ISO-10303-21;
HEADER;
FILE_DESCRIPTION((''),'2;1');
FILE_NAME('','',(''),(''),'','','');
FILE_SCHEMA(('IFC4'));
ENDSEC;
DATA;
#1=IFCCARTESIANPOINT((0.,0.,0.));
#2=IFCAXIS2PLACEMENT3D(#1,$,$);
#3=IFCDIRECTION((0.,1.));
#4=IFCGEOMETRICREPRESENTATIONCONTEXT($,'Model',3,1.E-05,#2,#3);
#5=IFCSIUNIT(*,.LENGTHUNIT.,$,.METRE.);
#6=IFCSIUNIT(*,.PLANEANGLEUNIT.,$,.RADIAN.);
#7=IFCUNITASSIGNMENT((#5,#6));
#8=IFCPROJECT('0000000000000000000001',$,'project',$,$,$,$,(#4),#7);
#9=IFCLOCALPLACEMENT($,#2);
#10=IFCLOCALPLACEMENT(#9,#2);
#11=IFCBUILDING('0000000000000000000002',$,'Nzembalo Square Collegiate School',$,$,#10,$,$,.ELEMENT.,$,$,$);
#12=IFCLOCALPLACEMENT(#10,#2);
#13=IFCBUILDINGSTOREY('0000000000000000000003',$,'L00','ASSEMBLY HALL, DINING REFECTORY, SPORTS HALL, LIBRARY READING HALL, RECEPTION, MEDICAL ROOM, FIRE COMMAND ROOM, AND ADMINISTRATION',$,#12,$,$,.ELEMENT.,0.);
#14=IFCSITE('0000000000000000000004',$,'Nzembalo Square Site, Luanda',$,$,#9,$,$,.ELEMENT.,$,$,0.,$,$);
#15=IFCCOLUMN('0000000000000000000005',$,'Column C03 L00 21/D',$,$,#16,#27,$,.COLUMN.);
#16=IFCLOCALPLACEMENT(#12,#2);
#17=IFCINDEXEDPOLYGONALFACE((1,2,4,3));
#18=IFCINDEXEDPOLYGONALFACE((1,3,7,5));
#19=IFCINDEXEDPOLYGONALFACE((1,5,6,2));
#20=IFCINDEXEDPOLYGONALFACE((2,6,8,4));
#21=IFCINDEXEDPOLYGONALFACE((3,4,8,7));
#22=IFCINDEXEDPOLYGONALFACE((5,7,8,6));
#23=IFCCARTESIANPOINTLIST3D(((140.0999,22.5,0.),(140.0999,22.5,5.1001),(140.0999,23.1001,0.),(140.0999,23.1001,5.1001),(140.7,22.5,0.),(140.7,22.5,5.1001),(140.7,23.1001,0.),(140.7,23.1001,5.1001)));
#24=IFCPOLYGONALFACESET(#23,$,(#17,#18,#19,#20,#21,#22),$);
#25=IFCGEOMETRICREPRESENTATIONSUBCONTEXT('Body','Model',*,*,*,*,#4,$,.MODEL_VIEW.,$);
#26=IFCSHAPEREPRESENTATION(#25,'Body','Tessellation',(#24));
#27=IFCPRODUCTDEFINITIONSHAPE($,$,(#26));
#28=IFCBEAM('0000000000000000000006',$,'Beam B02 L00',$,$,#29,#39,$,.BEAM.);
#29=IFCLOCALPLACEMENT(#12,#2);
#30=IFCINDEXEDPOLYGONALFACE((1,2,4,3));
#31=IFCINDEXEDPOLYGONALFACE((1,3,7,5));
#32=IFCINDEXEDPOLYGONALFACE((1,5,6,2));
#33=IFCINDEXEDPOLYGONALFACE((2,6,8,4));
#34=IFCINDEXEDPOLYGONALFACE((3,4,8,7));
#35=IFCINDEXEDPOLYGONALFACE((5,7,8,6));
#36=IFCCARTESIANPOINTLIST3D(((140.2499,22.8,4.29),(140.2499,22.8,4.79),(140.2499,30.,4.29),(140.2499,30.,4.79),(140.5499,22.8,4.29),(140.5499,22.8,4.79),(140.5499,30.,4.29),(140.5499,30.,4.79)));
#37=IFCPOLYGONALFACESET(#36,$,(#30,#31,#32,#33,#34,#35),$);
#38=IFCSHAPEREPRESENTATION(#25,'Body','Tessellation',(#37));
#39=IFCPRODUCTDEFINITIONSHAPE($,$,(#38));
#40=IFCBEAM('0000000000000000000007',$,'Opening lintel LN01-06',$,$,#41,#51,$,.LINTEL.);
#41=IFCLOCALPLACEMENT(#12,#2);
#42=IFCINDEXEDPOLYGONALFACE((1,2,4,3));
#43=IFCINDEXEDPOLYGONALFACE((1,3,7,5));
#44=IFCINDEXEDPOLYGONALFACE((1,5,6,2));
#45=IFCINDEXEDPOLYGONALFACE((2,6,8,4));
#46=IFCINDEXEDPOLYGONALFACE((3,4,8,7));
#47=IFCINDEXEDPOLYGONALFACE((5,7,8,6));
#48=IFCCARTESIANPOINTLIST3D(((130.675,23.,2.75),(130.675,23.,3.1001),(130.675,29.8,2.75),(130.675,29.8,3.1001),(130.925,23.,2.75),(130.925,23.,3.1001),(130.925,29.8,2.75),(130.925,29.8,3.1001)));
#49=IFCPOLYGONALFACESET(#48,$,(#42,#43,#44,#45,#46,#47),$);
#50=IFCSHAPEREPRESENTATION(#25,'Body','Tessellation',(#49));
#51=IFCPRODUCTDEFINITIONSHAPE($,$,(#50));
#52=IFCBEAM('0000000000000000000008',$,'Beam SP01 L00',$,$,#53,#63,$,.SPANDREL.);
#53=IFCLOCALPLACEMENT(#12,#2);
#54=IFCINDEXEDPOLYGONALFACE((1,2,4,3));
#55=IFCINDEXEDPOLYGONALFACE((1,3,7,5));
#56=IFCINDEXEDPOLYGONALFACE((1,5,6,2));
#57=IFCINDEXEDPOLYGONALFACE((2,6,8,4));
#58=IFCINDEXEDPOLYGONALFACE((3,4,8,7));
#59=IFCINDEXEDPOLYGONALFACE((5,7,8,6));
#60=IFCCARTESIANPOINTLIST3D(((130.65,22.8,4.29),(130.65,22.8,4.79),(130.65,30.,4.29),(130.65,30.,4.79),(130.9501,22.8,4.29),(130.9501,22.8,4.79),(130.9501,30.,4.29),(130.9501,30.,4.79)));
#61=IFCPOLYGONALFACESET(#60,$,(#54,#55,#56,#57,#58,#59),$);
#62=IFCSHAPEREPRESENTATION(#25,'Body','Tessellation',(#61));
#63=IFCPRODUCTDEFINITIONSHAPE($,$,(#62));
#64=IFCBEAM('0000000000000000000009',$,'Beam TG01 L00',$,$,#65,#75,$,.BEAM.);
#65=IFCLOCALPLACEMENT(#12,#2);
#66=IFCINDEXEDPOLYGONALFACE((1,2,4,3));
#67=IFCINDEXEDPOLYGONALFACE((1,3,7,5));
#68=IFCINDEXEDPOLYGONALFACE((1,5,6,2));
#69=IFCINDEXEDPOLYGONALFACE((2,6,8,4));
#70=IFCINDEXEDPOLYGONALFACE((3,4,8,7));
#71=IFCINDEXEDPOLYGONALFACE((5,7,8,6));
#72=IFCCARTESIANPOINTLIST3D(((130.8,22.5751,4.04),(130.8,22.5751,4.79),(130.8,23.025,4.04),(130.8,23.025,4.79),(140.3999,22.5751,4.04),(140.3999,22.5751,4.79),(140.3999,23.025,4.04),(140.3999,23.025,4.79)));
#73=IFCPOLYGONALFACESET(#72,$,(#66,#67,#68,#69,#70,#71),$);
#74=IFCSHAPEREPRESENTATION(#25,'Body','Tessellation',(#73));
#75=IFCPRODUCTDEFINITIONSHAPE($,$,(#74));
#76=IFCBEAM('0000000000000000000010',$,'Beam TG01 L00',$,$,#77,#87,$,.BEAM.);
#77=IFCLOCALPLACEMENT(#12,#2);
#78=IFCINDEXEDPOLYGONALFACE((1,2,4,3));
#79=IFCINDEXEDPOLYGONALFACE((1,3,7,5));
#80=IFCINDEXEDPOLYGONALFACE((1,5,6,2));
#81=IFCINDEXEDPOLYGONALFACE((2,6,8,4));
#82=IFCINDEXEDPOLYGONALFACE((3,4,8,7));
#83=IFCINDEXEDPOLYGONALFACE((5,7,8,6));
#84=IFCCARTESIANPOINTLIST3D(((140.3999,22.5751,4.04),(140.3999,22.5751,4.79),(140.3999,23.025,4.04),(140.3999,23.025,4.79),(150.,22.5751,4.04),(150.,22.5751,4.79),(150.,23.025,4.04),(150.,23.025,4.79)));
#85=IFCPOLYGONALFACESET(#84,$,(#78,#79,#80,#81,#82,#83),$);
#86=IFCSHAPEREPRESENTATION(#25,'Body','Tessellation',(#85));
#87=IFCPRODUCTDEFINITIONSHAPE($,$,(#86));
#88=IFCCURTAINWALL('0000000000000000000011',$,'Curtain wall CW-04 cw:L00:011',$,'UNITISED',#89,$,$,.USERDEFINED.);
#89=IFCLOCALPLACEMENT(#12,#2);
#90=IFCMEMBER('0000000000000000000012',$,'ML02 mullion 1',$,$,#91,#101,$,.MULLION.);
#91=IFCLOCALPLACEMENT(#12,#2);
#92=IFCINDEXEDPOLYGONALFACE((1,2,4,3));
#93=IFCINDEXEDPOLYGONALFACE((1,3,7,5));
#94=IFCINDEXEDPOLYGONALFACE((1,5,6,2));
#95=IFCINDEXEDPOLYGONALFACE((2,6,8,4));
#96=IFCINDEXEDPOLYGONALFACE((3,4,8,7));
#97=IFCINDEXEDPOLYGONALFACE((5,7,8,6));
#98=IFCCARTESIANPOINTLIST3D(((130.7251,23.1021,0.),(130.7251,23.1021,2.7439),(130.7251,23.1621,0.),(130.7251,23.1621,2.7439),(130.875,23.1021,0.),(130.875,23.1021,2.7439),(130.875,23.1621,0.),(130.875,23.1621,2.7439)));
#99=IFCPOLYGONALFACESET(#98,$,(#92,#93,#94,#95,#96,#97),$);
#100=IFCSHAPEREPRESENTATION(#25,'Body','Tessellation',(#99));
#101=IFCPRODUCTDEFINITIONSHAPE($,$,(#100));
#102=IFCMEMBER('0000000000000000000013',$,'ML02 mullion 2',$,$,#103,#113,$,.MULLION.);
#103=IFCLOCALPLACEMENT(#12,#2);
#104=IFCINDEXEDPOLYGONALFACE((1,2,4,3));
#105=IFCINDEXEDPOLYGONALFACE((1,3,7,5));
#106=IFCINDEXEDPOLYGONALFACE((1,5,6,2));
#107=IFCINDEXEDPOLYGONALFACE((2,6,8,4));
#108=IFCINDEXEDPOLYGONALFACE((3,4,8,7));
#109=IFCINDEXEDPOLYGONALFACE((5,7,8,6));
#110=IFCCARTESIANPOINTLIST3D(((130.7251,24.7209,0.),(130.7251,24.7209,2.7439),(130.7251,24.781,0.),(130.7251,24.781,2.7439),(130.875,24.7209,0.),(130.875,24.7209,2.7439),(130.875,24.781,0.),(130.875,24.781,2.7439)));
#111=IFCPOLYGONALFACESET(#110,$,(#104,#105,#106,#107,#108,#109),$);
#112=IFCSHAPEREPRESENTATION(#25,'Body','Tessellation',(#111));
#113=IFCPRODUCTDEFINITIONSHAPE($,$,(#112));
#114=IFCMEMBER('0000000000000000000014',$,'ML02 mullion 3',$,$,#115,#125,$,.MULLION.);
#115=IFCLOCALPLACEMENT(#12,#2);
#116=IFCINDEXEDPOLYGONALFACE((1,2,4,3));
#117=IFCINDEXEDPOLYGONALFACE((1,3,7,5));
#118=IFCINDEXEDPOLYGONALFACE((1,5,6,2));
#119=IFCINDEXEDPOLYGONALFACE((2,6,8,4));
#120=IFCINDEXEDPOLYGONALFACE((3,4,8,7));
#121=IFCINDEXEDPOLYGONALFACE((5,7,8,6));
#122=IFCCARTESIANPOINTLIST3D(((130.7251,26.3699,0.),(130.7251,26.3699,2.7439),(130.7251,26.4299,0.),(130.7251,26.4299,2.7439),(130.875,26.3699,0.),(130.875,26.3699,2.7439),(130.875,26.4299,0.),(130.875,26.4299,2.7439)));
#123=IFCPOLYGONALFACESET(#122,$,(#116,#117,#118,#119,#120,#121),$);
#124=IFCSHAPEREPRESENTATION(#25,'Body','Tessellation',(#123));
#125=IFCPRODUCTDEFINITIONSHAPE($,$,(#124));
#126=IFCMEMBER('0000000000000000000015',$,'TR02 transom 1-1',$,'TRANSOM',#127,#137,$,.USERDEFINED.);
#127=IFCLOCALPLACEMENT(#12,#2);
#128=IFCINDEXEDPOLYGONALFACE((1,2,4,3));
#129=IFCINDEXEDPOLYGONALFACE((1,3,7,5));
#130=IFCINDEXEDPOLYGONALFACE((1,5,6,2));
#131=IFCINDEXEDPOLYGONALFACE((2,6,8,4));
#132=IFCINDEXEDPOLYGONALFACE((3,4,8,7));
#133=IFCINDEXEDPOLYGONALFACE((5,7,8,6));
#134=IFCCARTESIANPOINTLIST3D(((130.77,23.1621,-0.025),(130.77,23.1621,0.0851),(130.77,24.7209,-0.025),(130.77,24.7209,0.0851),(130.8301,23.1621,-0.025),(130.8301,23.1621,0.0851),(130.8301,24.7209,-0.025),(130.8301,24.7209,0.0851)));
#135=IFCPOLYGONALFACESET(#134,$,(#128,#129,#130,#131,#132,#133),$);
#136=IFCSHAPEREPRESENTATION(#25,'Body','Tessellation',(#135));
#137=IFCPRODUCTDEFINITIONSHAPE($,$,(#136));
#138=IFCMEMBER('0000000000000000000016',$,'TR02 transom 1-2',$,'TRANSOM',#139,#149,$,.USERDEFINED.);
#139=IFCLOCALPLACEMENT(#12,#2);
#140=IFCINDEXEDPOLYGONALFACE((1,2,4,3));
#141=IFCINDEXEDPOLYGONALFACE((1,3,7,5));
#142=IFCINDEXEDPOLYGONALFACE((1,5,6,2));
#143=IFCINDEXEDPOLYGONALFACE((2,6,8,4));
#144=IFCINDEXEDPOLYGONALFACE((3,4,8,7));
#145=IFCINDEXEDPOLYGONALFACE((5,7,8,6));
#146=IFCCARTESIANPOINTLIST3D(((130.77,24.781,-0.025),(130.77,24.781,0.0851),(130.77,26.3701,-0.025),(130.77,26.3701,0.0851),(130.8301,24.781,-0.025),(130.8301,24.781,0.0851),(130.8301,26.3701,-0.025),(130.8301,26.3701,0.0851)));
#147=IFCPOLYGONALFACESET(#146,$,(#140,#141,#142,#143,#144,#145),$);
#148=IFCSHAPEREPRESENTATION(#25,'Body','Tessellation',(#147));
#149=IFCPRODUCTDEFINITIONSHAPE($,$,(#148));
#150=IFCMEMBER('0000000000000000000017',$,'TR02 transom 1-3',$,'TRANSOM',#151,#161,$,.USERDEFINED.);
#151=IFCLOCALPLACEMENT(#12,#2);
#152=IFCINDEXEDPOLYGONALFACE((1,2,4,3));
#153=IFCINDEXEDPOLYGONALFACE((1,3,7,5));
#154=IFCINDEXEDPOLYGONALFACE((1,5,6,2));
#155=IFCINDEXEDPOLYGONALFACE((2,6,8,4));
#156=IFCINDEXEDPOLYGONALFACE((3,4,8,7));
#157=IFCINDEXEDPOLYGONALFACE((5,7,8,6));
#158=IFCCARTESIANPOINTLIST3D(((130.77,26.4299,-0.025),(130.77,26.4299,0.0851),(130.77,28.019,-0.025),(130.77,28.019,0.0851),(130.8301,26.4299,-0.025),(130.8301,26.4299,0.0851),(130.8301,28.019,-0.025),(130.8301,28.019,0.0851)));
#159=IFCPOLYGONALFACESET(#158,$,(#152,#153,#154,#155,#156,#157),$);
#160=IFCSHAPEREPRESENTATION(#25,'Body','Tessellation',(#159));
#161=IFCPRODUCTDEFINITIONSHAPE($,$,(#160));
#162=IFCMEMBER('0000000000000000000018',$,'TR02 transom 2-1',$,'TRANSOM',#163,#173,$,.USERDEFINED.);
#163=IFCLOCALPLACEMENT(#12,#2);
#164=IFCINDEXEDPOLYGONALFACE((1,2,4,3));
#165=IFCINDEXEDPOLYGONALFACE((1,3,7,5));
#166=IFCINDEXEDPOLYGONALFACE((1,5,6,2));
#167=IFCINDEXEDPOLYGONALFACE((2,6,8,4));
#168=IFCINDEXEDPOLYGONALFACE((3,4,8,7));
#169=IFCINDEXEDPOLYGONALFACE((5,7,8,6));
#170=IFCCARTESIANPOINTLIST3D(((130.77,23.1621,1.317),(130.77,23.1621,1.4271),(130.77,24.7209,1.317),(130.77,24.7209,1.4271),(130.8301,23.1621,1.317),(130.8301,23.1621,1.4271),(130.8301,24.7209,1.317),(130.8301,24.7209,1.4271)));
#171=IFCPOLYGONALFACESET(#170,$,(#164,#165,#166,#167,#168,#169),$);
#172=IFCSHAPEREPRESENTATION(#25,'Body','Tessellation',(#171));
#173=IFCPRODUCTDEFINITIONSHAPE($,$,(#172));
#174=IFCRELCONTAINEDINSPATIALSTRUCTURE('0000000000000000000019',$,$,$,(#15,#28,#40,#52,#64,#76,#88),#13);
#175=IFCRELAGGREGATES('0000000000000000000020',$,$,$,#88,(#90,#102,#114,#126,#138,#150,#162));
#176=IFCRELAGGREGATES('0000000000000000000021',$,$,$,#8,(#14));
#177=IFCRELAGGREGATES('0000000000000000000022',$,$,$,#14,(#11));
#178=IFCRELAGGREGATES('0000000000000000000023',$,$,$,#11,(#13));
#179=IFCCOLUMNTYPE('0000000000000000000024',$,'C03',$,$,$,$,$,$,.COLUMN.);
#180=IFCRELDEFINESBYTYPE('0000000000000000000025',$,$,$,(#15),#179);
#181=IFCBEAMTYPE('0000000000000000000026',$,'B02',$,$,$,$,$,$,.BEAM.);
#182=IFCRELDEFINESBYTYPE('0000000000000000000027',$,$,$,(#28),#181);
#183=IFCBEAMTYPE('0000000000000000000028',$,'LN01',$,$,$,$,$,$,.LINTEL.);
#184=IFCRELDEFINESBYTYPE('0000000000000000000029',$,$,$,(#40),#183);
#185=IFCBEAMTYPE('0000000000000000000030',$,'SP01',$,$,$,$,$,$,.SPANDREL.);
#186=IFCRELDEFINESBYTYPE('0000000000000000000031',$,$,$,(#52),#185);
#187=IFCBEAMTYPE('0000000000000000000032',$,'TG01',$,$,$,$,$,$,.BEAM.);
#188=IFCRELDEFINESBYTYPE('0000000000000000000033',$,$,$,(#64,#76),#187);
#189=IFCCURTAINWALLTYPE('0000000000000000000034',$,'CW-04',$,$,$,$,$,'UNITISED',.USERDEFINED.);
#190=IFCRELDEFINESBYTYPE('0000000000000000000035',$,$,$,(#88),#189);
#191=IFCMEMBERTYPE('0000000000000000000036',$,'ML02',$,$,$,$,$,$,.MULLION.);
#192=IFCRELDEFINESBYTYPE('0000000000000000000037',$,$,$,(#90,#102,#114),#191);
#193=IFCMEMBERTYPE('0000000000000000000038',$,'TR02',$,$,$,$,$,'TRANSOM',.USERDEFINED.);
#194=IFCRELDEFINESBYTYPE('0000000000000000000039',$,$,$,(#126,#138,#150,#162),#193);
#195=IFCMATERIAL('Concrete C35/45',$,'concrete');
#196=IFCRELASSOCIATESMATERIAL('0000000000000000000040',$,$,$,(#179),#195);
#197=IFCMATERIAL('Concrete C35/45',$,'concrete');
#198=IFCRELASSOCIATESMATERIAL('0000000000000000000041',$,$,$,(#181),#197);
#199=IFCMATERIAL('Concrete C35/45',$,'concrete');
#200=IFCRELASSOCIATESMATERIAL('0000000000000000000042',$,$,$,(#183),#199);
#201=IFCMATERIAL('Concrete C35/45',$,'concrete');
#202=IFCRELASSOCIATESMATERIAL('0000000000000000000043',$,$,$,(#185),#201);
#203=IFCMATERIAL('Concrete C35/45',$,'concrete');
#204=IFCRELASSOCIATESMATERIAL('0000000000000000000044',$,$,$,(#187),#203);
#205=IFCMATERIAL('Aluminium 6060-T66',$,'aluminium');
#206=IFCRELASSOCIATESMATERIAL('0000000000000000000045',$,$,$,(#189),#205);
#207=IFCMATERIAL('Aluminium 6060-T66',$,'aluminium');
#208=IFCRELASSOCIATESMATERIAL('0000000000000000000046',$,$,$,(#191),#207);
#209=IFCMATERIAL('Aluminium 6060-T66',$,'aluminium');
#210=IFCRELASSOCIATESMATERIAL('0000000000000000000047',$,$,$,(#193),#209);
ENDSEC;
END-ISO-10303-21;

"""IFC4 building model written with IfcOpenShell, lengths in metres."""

from ifc_helpers import new_model, si_unit, direction, frame, origin, origin_2d, place, context, subcontext, project, spatial, rectangle, extrude, material, material_profile, profile_set, type_object, element, aggregate, save


model = new_model("IFC4")

# Units and contexts
model_context = context("Model", 3, precision=1e-05, world=origin(), true_north=direction((0.0, 1.0)))
body_context = subcontext(model_context, "Body", "Model", "MODEL_VIEW")
ifc_project = project(units=[si_unit("LENGTHUNIT", "METRE"), si_unit("PLANEANGLEUNIT", "RADIAN")], contexts=[model_context])

# Site, building, storey
site_placement = place(None, origin())
site = spatial("IfcSite", under=ifc_project, at=site_placement, Name="Nzembalo Square Site, Luanda", CompositionType="ELEMENT", RefElevation=0.0)
building_placement = place(site_placement, origin())
building = spatial("IfcBuilding", under=site, at=building_placement, Name="Nzembalo Square Collegiate School", CompositionType="ELEMENT")
storey_placement = place(building_placement, origin())
storey = spatial("IfcBuildingStorey", under=building, at=storey_placement, Name="L00", Description="ASSEMBLY HALL, DINING REFECTORY, SPORTS HALL, LIBRARY READING HALL, RECEPTION, MEDICAL ROOM, FIRE COMMAND ROOM, AND ADMINISTRATION", CompositionType="ELEMENT", Elevation=0.0)

# Column
ifc_material_1 = material(Name="Concrete C35/45", Category="concrete")
ifc_material_profile_1 = material_profile(ifc_material_1, rectangle(XDim=0.6001, YDim=0.6001, at=origin_2d()), Name="RC 600x600")
ifc_profile_set_1 = profile_set([ifc_material_profile_1], Name="Concrete C35/45")
column_type = type_object("IfcColumnType", Name="C03", PredefinedType="COLUMN", material=ifc_profile_set_1)
column_placement = place(storey_placement, frame((140.3999, 22.8, 0.0), z_axis=(0.0, 0.0, 1.0), x_axis=(1.0, 0.0, 0.0)))
element("IfcColumn", 1, at=column_placement, inside=storey, type_object=column_type, Name="Column C03 L00 21/D", PredefinedType="COLUMN", context=body_context, shape_type="SweptSolid", body=[
    extrude(rectangle(XDim=0.6001, YDim=0.6001, at=origin_2d()), origin(), (0.0, 0.0, 1.0), 5.1001),
])

# Beams
ifc_material_2 = material(Name="Concrete C35/45", Category="concrete")
ifc_material_profile_2 = material_profile(ifc_material_2, rectangle(XDim=0.3, YDim=0.5, at=origin_2d()), Name="RC 300x500")
ifc_profile_set_2 = profile_set([ifc_material_profile_2], Name="Concrete C35/45")
beam_type_1 = type_object("IfcBeamType", Name="B02", PredefinedType="BEAM", material=ifc_profile_set_2)
beam_1_placement = place(storey_placement, frame((140.3999, 22.8, 4.54), z_axis=(0.0, 1.0, 0.0), x_axis=(-1.0, 0.0, 0.0)))
element("IfcBeam", 2, at=beam_1_placement, inside=storey, type_object=beam_type_1, Name="Beam B02 L00", PredefinedType="BEAM", context=body_context, shape_type="SweptSolid", body=[
    extrude(rectangle(XDim=0.3, YDim=0.5, at=origin_2d()), origin(), (0.0, 0.0, 1.0), 7.2),
])
ifc_material_3 = material(Name="Concrete C35/45", Category="concrete")
ifc_material_profile_3 = material_profile(ifc_material_3, rectangle(XDim=0.25, YDim=0.3501, at=origin_2d()), Name="RC 250x350")
ifc_profile_set_3 = profile_set([ifc_material_profile_3], Name="Concrete C35/45")
beam_type_2 = type_object("IfcBeamType", Name="LN01", PredefinedType="LINTEL", material=ifc_profile_set_3)
beam_2_placement = place(storey_placement, frame((130.8, 23.0, 2.925), z_axis=(0.0, 1.0, 0.0), x_axis=(-1.0, 0.0, 0.0)))
element("IfcBeam", 3, at=beam_2_placement, inside=storey, type_object=beam_type_2, Name="Opening lintel LN01-06", PredefinedType="LINTEL", context=body_context, shape_type="SweptSolid", body=[
    extrude(rectangle(XDim=0.25, YDim=0.3501, at=origin_2d()), origin(), (0.0, 0.0, 1.0), 6.8),
])
ifc_material_4 = material(Name="Concrete C35/45", Category="concrete")
ifc_material_profile_4 = material_profile(ifc_material_4, rectangle(XDim=0.3, YDim=0.5, at=origin_2d()), Name="RC 300x500")
ifc_profile_set_4 = profile_set([ifc_material_profile_4], Name="Concrete C35/45")
beam_type_3 = type_object("IfcBeamType", Name="SP01", PredefinedType="SPANDREL", material=ifc_profile_set_4)
beam_3_placement = place(storey_placement, frame((130.8, 22.8, 4.54), z_axis=(0.0, 1.0, 0.0), x_axis=(-1.0, 0.0, 0.0)))
element("IfcBeam", 4, at=beam_3_placement, inside=storey, type_object=beam_type_3, Name="Beam SP01 L00", PredefinedType="SPANDREL", context=body_context, shape_type="SweptSolid", body=[
    extrude(rectangle(XDim=0.3, YDim=0.5, at=origin_2d()), origin(), (0.0, 0.0, 1.0), 7.2),
])
ifc_material_5 = material(Name="Concrete C35/45", Category="concrete")
ifc_material_profile_5 = material_profile(ifc_material_5, rectangle(XDim=0.45, YDim=0.75, at=origin_2d()), Name="RC 450x750")
ifc_profile_set_5 = profile_set([ifc_material_profile_5], Name="Concrete C35/45")
beam_type_4 = type_object("IfcBeamType", Name="TG01", PredefinedType="BEAM", material=ifc_profile_set_5)
beam_4_placement = place(storey_placement, frame((130.8, 22.8, 4.415), z_axis=(1.0, 0.0, 0.0), x_axis=(0.0, 1.0, 0.0)))
element("IfcBeam", 5, at=beam_4_placement, inside=storey, type_object=beam_type_4, Name="Beam TG01 L00", PredefinedType="BEAM", context=body_context, shape_type="SweptSolid", body=[
    extrude(rectangle(XDim=0.45, YDim=0.75, at=origin_2d()), origin(), (0.0, 0.0, 1.0), 9.5999),
])
beam_5_placement = place(storey_placement, frame((140.3999, 22.8, 4.415), z_axis=(1.0, 0.0, 0.0), x_axis=(0.0, 1.0, 0.0)))
element("IfcBeam", 6, at=beam_5_placement, inside=storey, type_object=beam_type_4, Name="Beam TG01 L00", PredefinedType="BEAM", context=body_context, shape_type="SweptSolid", body=[
    extrude(rectangle(XDim=0.45, YDim=0.75, at=origin_2d()), origin(), (0.0, 0.0, 1.0), 9.6001),
])

# Curtain wall, members
ifc_material_6 = material(Name="Aluminium 6060-T66", Category="aluminium")
curtain_wall_type = type_object("IfcCurtainWallType", Name="CW-04", ElementType="UNITISED", PredefinedType="USERDEFINED", material=ifc_material_6)
curtain_wall_placement = place(storey_placement, origin())
curtain_wall = element("IfcCurtainWall", 7, at=curtain_wall_placement, inside=storey, type_object=curtain_wall_type, Name="Curtain wall CW-04 cw:L00:011", ObjectType="UNITISED", PredefinedType="USERDEFINED")
ifc_material_7 = material(Name="Aluminium 6060-T66", Category="aluminium")
ifc_material_profile_6 = material_profile(ifc_material_7, rectangle(XDim=0.0601, YDim=0.1499, at=origin_2d()), Name="ALU M60x150")
ifc_profile_set_6 = profile_set([ifc_material_profile_6], Name="Aluminium 6060-T66")
member_type_1 = type_object("IfcMemberType", Name="ML02", PredefinedType="MULLION", material=ifc_profile_set_6)
member_1_placement = place(storey_placement, frame((130.8, 23.1321, 0.0), z_axis=(0.0, 0.0, 1.0), x_axis=(0.0, 1.0, 0.0)))
member_1 = element("IfcMember", 8, at=member_1_placement, type_object=member_type_1, Name="ML02 mullion 1", PredefinedType="MULLION", context=body_context, shape_type="SweptSolid", body=[
    extrude(rectangle(XDim=0.0601, YDim=0.1499, at=origin_2d()), origin(), (0.0, 0.0, 1.0), 2.7439),
])
member_2_placement = place(storey_placement, frame((130.8, 24.751, 0.0), z_axis=(0.0, 0.0, 1.0), x_axis=(0.0, 1.0, 0.0)))
member_2 = element("IfcMember", 9, at=member_2_placement, type_object=member_type_1, Name="ML02 mullion 2", PredefinedType="MULLION", context=body_context, shape_type="SweptSolid", body=[
    extrude(rectangle(XDim=0.0601, YDim=0.1499, at=origin_2d()), origin(), (0.0, 0.0, 1.0), 2.7439),
])
member_3_placement = place(storey_placement, frame((130.8, 26.3999, 0.0), z_axis=(0.0, 0.0, 1.0), x_axis=(0.0, 1.0, 0.0)))
member_3 = element("IfcMember", 10, at=member_3_placement, type_object=member_type_1, Name="ML02 mullion 3", PredefinedType="MULLION", context=body_context, shape_type="SweptSolid", body=[
    extrude(rectangle(XDim=0.0601, YDim=0.1499, at=origin_2d()), origin(), (0.0, 0.0, 1.0), 2.7439),
])
ifc_material_8 = material(Name="Aluminium 6060-T66", Category="aluminium")
ifc_material_profile_7 = material_profile(ifc_material_8, rectangle(XDim=0.0601, YDim=0.1101, at=origin_2d()), Name="ALU T60x110")
ifc_profile_set_7 = profile_set([ifc_material_profile_7], Name="Aluminium 6060-T66")
member_type_2 = type_object("IfcMemberType", Name="TR02", ElementType="TRANSOM", PredefinedType="USERDEFINED", material=ifc_profile_set_7)
member_4_placement = place(storey_placement, frame((130.8, 23.1621, 0.03), z_axis=(0.0, 1.0, 0.0), x_axis=(-1.0, 0.0, 0.0)))
member_4 = element("IfcMember", 11, at=member_4_placement, type_object=member_type_2, Name="TR02 transom 1-1", ObjectType="TRANSOM", PredefinedType="USERDEFINED", context=body_context, shape_type="SweptSolid", body=[
    extrude(rectangle(XDim=0.0601, YDim=0.1101, at=origin_2d()), origin(), (0.0, 0.0, 1.0), 1.5588),
])
member_5_placement = place(storey_placement, frame((130.8, 24.781, 0.03), z_axis=(0.0, 1.0, 0.0), x_axis=(-1.0, 0.0, 0.0)))
member_5 = element("IfcMember", 12, at=member_5_placement, type_object=member_type_2, Name="TR02 transom 1-2", ObjectType="TRANSOM", PredefinedType="USERDEFINED", context=body_context, shape_type="SweptSolid", body=[
    extrude(rectangle(XDim=0.0601, YDim=0.1101, at=origin_2d()), origin(), (0.0, 0.0, 1.0), 1.5891),
])
member_6_placement = place(storey_placement, frame((130.8, 26.4299, 0.03), z_axis=(0.0, 1.0, 0.0), x_axis=(-1.0, 0.0, 0.0)))
member_6 = element("IfcMember", 13, at=member_6_placement, type_object=member_type_2, Name="TR02 transom 1-3", ObjectType="TRANSOM", PredefinedType="USERDEFINED", context=body_context, shape_type="SweptSolid", body=[
    extrude(rectangle(XDim=0.0601, YDim=0.1101, at=origin_2d()), origin(), (0.0, 0.0, 1.0), 1.5891),
])
member_7_placement = place(storey_placement, frame((130.8, 23.1621, 1.3721), z_axis=(0.0, 1.0, 0.0), x_axis=(-1.0, 0.0, 0.0)))
member_7 = element("IfcMember", 14, at=member_7_placement, type_object=member_type_2, Name="TR02 transom 2-1", ObjectType="TRANSOM", PredefinedType="USERDEFINED", context=body_context, shape_type="SweptSolid", body=[
    extrude(rectangle(XDim=0.0601, YDim=0.1101, at=origin_2d()), origin(), (0.0, 0.0, 1.0), 1.5588),
])
aggregate(curtain_wall, [member_1, member_2, member_3, member_4, member_5, member_6, member_7])

save(model, "model.ifc")
